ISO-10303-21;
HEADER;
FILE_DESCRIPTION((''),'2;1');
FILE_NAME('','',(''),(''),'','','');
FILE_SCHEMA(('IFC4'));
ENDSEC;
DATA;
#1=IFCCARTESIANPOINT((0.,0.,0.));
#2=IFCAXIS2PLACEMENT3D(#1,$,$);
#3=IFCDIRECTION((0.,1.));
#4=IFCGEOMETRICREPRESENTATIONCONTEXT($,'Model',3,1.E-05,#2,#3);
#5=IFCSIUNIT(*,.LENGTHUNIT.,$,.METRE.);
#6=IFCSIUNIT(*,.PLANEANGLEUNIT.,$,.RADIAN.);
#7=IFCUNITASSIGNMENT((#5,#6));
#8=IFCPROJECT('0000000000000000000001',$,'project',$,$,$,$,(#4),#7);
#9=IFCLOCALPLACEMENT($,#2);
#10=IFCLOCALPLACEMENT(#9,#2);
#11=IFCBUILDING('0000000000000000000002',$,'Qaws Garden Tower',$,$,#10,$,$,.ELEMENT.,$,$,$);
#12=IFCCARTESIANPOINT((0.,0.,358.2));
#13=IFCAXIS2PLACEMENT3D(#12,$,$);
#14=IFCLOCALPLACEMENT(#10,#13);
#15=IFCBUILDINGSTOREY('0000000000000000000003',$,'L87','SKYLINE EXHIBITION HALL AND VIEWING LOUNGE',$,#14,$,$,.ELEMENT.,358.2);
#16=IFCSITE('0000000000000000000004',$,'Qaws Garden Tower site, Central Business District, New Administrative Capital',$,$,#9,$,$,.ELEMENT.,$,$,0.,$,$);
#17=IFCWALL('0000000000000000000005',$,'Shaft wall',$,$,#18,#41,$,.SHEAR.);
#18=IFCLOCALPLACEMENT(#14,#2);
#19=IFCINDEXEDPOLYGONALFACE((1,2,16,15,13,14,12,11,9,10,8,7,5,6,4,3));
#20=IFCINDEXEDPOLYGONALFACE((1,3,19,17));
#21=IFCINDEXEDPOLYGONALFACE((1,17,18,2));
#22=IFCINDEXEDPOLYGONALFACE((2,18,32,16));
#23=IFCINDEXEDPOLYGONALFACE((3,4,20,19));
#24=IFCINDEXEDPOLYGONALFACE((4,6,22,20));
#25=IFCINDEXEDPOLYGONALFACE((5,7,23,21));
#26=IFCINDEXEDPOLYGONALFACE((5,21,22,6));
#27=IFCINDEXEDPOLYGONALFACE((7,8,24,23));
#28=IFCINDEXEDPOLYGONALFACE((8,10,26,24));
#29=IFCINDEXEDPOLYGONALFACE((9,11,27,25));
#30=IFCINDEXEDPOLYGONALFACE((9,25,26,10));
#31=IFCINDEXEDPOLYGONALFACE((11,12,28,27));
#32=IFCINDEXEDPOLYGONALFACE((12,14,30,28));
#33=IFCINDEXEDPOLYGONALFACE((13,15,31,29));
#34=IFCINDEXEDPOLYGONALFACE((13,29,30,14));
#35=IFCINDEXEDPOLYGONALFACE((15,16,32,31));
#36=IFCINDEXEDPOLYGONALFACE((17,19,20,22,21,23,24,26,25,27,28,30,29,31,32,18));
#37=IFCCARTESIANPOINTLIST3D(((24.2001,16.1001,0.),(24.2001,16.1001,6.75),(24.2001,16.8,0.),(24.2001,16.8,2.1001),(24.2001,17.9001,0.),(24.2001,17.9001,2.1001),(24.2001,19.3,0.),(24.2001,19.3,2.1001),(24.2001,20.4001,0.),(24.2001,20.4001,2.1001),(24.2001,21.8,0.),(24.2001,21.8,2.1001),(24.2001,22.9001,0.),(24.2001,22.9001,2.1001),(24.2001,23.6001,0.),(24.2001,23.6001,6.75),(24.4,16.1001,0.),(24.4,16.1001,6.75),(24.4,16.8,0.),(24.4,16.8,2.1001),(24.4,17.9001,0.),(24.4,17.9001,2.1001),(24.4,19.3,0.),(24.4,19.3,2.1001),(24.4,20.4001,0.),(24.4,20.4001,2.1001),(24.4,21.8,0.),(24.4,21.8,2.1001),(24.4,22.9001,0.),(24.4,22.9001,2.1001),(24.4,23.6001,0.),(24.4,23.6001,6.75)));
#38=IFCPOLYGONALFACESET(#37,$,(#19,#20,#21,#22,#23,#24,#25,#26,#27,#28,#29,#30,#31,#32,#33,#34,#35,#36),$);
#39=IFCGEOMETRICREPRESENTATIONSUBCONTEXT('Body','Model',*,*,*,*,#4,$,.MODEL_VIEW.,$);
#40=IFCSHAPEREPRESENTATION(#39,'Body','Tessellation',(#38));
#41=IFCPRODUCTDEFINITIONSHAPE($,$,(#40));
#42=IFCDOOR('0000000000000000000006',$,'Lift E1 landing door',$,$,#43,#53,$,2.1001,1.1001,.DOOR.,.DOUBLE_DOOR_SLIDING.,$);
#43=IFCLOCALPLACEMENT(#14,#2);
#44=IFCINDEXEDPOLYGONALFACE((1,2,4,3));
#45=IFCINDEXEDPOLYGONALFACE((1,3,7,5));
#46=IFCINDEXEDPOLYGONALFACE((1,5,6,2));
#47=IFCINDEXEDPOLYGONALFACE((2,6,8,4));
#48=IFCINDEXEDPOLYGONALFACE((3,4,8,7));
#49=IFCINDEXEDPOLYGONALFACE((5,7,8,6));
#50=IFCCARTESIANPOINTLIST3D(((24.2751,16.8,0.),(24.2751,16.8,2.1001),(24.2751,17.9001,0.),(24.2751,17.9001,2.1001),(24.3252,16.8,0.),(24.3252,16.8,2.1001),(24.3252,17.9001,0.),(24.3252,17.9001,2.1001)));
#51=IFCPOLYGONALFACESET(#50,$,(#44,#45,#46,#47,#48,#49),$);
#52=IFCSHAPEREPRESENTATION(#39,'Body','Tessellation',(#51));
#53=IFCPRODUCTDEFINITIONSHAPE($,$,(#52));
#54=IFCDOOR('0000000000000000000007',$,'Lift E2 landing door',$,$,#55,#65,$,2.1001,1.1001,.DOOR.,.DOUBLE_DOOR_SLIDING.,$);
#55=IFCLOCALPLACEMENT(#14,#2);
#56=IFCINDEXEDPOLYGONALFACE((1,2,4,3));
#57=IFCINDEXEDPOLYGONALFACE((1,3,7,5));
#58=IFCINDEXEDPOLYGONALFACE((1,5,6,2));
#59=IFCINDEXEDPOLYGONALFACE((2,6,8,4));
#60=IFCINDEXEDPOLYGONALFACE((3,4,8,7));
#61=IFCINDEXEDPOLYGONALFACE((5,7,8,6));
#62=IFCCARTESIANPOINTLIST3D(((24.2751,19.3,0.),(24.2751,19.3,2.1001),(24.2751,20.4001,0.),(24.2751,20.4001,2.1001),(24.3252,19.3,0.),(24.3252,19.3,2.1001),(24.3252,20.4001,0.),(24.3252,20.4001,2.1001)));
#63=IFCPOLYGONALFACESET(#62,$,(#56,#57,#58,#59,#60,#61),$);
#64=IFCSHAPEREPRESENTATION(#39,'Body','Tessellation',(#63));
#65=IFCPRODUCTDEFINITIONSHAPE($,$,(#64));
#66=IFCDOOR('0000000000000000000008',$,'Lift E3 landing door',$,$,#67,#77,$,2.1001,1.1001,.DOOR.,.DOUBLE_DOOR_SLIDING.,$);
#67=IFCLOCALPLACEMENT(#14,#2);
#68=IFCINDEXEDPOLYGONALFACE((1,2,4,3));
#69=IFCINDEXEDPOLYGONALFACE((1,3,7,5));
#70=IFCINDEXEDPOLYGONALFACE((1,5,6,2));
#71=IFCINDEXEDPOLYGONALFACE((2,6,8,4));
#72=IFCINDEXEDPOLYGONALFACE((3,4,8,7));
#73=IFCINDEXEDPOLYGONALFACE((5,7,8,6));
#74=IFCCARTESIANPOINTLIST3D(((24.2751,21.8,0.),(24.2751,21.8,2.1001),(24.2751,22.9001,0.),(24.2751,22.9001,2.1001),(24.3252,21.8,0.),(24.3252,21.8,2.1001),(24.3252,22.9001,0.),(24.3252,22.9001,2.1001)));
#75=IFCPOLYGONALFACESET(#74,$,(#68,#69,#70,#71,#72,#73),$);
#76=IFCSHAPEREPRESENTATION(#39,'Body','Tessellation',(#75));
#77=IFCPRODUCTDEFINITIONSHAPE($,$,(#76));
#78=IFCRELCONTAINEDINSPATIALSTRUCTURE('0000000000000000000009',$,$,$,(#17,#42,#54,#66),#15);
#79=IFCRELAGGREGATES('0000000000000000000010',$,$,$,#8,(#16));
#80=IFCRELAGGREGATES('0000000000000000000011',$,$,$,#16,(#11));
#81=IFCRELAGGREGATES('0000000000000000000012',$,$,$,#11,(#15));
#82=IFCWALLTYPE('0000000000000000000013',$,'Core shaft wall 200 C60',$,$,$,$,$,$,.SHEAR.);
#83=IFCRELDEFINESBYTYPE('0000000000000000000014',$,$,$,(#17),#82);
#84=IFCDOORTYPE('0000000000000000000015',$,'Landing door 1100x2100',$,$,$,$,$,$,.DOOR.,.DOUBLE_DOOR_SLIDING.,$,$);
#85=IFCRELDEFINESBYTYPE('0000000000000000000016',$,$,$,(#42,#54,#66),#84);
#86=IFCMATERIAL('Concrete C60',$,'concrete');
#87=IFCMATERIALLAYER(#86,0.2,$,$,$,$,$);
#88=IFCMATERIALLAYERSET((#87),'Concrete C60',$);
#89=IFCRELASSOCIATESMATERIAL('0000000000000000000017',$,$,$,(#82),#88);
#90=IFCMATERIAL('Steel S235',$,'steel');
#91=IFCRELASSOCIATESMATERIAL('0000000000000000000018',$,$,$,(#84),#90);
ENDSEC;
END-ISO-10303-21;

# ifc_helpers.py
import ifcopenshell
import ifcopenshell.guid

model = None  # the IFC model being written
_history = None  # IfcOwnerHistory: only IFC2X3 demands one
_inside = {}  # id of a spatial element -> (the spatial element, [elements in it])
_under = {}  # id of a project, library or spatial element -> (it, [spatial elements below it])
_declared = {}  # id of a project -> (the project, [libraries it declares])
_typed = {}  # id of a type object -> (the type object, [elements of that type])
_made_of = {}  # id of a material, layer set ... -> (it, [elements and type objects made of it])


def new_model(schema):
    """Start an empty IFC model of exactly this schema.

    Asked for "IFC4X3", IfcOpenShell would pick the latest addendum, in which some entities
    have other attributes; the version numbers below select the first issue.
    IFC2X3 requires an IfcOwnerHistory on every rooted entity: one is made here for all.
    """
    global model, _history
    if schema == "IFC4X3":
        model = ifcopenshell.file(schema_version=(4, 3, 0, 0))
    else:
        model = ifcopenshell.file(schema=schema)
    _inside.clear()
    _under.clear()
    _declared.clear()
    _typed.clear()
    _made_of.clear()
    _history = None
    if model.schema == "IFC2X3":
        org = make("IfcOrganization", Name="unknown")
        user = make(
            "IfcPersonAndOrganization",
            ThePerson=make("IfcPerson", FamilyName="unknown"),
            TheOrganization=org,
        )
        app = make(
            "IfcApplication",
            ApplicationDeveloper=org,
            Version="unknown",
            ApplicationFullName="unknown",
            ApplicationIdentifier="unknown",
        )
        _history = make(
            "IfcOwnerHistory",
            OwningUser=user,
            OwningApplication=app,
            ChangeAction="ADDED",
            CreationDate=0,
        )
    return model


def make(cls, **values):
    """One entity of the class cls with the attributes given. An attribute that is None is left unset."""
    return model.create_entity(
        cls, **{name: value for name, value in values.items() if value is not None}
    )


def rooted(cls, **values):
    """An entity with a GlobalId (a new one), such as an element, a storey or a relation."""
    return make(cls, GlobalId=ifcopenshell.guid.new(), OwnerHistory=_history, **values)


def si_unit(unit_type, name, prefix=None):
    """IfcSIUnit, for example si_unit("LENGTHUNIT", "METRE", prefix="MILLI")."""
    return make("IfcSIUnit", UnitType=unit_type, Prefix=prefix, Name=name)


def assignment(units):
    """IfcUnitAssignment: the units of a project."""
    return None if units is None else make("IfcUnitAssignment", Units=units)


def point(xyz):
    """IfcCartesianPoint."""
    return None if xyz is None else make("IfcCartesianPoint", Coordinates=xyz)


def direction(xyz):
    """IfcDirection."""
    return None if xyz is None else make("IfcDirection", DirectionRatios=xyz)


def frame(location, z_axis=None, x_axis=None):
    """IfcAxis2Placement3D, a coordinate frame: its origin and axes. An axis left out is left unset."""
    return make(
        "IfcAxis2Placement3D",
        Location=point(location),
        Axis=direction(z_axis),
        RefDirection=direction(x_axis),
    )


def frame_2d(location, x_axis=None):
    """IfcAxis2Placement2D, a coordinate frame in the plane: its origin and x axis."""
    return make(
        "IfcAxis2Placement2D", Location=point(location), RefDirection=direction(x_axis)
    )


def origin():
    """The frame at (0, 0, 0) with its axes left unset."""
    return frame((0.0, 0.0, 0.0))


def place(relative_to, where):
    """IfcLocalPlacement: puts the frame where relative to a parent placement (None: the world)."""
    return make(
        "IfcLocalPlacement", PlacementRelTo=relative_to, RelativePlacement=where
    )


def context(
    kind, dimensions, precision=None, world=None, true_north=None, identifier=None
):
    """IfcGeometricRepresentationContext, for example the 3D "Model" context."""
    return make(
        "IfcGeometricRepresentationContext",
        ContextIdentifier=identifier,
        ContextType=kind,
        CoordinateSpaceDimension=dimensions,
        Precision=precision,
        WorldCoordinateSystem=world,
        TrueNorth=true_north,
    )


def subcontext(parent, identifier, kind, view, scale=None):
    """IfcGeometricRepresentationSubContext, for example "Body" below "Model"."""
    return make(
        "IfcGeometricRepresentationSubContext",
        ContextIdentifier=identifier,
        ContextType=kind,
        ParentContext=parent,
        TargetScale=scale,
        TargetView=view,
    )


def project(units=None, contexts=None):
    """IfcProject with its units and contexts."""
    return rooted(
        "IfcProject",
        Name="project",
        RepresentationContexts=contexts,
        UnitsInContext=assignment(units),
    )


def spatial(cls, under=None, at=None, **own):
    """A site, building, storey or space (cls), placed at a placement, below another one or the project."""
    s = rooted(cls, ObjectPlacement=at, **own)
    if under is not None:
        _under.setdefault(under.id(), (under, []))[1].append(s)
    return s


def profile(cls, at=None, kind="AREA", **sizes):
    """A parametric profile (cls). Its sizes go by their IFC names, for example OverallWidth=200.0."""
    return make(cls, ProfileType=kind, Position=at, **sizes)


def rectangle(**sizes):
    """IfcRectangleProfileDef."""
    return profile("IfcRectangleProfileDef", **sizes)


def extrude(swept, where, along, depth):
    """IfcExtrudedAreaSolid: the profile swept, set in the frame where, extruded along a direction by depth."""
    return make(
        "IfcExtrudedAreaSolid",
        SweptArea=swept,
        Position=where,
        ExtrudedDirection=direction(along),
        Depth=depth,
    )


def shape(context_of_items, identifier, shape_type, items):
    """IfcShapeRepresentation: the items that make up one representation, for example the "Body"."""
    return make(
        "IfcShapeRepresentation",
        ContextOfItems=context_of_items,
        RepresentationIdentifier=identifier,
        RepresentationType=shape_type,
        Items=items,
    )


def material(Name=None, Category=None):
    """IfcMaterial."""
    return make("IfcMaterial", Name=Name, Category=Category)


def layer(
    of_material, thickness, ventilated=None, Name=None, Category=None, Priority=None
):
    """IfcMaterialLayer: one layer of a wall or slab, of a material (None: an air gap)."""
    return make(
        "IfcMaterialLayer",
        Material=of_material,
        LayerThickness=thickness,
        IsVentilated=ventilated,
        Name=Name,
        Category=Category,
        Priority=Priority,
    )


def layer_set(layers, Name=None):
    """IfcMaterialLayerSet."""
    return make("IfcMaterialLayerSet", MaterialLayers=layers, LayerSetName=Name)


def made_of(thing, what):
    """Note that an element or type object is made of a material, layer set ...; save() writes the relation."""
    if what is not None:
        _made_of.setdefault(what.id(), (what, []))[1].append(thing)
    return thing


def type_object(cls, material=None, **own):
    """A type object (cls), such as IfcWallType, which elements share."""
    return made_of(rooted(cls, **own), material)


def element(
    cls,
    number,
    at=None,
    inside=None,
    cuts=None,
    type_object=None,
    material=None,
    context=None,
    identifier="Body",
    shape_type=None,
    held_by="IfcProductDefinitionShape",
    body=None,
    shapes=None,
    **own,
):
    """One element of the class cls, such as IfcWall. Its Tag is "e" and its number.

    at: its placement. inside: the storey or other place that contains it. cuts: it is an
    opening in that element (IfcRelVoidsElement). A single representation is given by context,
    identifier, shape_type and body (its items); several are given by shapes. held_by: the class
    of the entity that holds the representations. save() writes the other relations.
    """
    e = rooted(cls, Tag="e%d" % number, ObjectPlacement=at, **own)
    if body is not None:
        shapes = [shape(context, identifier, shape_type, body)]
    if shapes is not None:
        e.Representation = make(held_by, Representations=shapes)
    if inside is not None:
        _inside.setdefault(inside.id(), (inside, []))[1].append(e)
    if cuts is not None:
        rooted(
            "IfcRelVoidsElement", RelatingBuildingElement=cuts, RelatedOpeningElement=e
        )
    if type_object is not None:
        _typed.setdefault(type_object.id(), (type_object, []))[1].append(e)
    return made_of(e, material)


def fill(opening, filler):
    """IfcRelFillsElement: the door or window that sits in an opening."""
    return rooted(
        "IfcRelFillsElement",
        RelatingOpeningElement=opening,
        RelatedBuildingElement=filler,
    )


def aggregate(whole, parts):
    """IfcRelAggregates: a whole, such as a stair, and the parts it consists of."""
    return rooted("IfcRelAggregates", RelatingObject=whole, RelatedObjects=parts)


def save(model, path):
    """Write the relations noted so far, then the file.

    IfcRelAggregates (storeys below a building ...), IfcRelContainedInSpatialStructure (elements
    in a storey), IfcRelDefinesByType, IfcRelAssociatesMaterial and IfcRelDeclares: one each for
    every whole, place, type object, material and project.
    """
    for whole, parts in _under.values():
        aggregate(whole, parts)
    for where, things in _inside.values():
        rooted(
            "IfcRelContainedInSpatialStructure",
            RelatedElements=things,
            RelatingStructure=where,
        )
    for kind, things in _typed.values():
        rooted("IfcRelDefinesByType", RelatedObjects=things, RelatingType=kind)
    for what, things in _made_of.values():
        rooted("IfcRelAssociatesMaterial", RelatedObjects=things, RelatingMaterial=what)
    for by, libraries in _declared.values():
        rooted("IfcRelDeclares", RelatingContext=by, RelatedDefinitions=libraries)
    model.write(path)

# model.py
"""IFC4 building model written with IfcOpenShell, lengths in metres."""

from ifc_helpers import new_model, si_unit, direction, frame, frame_2d, origin, place, context, subcontext, project, spatial, rectangle, extrude, material, layer, layer_set, type_object, element, fill, save


model = new_model("IFC4")

# Units and contexts
model_context = context("Model", 3, precision=1e-05, world=origin(), true_north=direction((0.0, 1.0)))
body_context = subcontext(model_context, "Body", "Model", "MODEL_VIEW")
ifc_project = project(units=[si_unit("LENGTHUNIT", "METRE"), si_unit("PLANEANGLEUNIT", "RADIAN")], contexts=[model_context])

# Site, building, storey
site_placement = place(None, origin())
site = spatial("IfcSite", under=ifc_project, at=site_placement, Name="Qaws Garden Tower site, Central Business District, New Administrative Capital", CompositionType="ELEMENT", RefElevation=0.0)
building_placement = place(site_placement, origin())
building = spatial("IfcBuilding", under=site, at=building_placement, Name="Qaws Garden Tower", CompositionType="ELEMENT")
storey_placement = place(building_placement, frame((0.0, 0.0, 358.2)))
storey = spatial("IfcBuildingStorey", under=building, at=storey_placement, Name="L87", Description="SKYLINE EXHIBITION HALL AND VIEWING LOUNGE", CompositionType="ELEMENT", Elevation=358.2)

# Shared definitions
ifc_material_1 = material(Name="Concrete C60", Category="concrete")
ifc_layer_1 = layer(ifc_material_1, 0.2)
ifc_layer_set_1 = layer_set([ifc_layer_1], Name="Concrete C60")
wall_type_1 = type_object("IfcWallType", Name="Core shaft wall 200 C60", PredefinedType="SHEAR", material=ifc_layer_set_1)

# Wall, openings, doors
wall_1_placement = place(storey_placement, frame((24.3, 16.1001, 0.0), z_axis=(0.0, 0.0, 1.0), x_axis=(0.0, 1.0, 0.0)))
wall_1 = element("IfcWall", 1, at=wall_1_placement, inside=storey, type_object=wall_type_1, Name="Shaft wall", PredefinedType="SHEAR", context=body_context, shape_type="SweptSolid", body=[
    extrude(rectangle(XDim=7.5, YDim=0.2, at=frame_2d((3.75, 0.0))), origin(), (0.0, 0.0, 1.0), 6.75),
])
opening_1_placement = place(wall_1_placement, frame((0.7, 0.0, 0.0)))
opening_1 = element("IfcOpeningElement", 2, at=opening_1_placement, cuts=wall_1, PredefinedType="OPENING", context=body_context, shape_type="SweptSolid", body=[
    extrude(rectangle(XDim=1.1001, YDim=2.1001, at=frame_2d((0.55, 1.05))), frame((0.0, 0.1099, 0.0), z_axis=(0.0, -1.0, 0.0), x_axis=(1.0, 0.0, 0.0)), (0.0, 0.0, 1.0), 0.22),
])
opening_2_placement = place(wall_1_placement, frame((3.2, 0.0, 0.0)))
opening_2 = element("IfcOpeningElement", 3, at=opening_2_placement, cuts=wall_1, PredefinedType="OPENING", context=body_context, shape_type="SweptSolid", body=[
    extrude(rectangle(XDim=1.1001, YDim=2.1001, at=frame_2d((0.55, 1.05))), frame((0.0, 0.1099, 0.0), z_axis=(0.0, -1.0, 0.0), x_axis=(1.0, 0.0, 0.0)), (0.0, 0.0, 1.0), 0.22),
])
opening_3_placement = place(wall_1_placement, frame((5.7, 0.0, 0.0)))
opening_3 = element("IfcOpeningElement", 4, at=opening_3_placement, cuts=wall_1, PredefinedType="OPENING", context=body_context, shape_type="SweptSolid", body=[
    extrude(rectangle(XDim=1.1001, YDim=2.1001, at=frame_2d((0.55, 1.05))), frame((0.0, 0.1099, 0.0), z_axis=(0.0, -1.0, 0.0), x_axis=(1.0, 0.0, 0.0)), (0.0, 0.0, 1.0), 0.22),
])
ifc_material_2 = material(Name="Steel S235", Category="steel")
door_type_1 = type_object("IfcDoorType", Name="Landing door 1100x2100", OperationType="DOUBLE_DOOR_SLIDING", PredefinedType="DOOR", material=ifc_material_2)
door_1_placement = place(opening_1_placement, origin())
door_1 = element("IfcDoor", 5, at=door_1_placement, inside=storey, type_object=door_type_1, Name="Lift E1 landing door", OperationType="DOUBLE_DOOR_SLIDING", OverallHeight=2.1001, OverallWidth=1.1001, PredefinedType="DOOR", context=body_context, shape_type="SweptSolid", body=[
    extrude(rectangle(XDim=1.1001, YDim=2.1001, at=frame_2d((0.55, 1.05))), frame((0.0, 0.0249, 0.0), z_axis=(0.0, -1.0, 0.0), x_axis=(1.0, 0.0, 0.0)), (0.0, 0.0, 1.0), 0.05),
])
fill(opening_1, door_1)
door_2_placement = place(opening_2_placement, origin())
door_2 = element("IfcDoor", 6, at=door_2_placement, inside=storey, type_object=door_type_1, Name="Lift E2 landing door", OperationType="DOUBLE_DOOR_SLIDING", OverallHeight=2.1001, OverallWidth=1.1001, PredefinedType="DOOR", context=body_context, shape_type="SweptSolid", body=[
    extrude(rectangle(XDim=1.1001, YDim=2.1001, at=frame_2d((0.55, 1.05))), frame((0.0, 0.0249, 0.0), z_axis=(0.0, -1.0, 0.0), x_axis=(1.0, 0.0, 0.0)), (0.0, 0.0, 1.0), 0.05),
])
fill(opening_2, door_2)
door_3_placement = place(opening_3_placement, origin())
door_3 = element("IfcDoor", 7, at=door_3_placement, inside=storey, type_object=door_type_1, Name="Lift E3 landing door", OperationType="DOUBLE_DOOR_SLIDING", OverallHeight=2.1001, OverallWidth=1.1001, PredefinedType="DOOR", context=body_context, shape_type="SweptSolid", body=[
    extrude(rectangle(XDim=1.1001, YDim=2.1001, at=frame_2d((0.55, 1.05))), frame((0.0, 0.0249, 0.0), z_axis=(0.0, -1.0, 0.0), x_axis=(1.0, 0.0, 0.0)), (0.0, 0.0, 1.0), 0.05),
])
fill(opening_3, door_3)

save(model, "model.ifc")
